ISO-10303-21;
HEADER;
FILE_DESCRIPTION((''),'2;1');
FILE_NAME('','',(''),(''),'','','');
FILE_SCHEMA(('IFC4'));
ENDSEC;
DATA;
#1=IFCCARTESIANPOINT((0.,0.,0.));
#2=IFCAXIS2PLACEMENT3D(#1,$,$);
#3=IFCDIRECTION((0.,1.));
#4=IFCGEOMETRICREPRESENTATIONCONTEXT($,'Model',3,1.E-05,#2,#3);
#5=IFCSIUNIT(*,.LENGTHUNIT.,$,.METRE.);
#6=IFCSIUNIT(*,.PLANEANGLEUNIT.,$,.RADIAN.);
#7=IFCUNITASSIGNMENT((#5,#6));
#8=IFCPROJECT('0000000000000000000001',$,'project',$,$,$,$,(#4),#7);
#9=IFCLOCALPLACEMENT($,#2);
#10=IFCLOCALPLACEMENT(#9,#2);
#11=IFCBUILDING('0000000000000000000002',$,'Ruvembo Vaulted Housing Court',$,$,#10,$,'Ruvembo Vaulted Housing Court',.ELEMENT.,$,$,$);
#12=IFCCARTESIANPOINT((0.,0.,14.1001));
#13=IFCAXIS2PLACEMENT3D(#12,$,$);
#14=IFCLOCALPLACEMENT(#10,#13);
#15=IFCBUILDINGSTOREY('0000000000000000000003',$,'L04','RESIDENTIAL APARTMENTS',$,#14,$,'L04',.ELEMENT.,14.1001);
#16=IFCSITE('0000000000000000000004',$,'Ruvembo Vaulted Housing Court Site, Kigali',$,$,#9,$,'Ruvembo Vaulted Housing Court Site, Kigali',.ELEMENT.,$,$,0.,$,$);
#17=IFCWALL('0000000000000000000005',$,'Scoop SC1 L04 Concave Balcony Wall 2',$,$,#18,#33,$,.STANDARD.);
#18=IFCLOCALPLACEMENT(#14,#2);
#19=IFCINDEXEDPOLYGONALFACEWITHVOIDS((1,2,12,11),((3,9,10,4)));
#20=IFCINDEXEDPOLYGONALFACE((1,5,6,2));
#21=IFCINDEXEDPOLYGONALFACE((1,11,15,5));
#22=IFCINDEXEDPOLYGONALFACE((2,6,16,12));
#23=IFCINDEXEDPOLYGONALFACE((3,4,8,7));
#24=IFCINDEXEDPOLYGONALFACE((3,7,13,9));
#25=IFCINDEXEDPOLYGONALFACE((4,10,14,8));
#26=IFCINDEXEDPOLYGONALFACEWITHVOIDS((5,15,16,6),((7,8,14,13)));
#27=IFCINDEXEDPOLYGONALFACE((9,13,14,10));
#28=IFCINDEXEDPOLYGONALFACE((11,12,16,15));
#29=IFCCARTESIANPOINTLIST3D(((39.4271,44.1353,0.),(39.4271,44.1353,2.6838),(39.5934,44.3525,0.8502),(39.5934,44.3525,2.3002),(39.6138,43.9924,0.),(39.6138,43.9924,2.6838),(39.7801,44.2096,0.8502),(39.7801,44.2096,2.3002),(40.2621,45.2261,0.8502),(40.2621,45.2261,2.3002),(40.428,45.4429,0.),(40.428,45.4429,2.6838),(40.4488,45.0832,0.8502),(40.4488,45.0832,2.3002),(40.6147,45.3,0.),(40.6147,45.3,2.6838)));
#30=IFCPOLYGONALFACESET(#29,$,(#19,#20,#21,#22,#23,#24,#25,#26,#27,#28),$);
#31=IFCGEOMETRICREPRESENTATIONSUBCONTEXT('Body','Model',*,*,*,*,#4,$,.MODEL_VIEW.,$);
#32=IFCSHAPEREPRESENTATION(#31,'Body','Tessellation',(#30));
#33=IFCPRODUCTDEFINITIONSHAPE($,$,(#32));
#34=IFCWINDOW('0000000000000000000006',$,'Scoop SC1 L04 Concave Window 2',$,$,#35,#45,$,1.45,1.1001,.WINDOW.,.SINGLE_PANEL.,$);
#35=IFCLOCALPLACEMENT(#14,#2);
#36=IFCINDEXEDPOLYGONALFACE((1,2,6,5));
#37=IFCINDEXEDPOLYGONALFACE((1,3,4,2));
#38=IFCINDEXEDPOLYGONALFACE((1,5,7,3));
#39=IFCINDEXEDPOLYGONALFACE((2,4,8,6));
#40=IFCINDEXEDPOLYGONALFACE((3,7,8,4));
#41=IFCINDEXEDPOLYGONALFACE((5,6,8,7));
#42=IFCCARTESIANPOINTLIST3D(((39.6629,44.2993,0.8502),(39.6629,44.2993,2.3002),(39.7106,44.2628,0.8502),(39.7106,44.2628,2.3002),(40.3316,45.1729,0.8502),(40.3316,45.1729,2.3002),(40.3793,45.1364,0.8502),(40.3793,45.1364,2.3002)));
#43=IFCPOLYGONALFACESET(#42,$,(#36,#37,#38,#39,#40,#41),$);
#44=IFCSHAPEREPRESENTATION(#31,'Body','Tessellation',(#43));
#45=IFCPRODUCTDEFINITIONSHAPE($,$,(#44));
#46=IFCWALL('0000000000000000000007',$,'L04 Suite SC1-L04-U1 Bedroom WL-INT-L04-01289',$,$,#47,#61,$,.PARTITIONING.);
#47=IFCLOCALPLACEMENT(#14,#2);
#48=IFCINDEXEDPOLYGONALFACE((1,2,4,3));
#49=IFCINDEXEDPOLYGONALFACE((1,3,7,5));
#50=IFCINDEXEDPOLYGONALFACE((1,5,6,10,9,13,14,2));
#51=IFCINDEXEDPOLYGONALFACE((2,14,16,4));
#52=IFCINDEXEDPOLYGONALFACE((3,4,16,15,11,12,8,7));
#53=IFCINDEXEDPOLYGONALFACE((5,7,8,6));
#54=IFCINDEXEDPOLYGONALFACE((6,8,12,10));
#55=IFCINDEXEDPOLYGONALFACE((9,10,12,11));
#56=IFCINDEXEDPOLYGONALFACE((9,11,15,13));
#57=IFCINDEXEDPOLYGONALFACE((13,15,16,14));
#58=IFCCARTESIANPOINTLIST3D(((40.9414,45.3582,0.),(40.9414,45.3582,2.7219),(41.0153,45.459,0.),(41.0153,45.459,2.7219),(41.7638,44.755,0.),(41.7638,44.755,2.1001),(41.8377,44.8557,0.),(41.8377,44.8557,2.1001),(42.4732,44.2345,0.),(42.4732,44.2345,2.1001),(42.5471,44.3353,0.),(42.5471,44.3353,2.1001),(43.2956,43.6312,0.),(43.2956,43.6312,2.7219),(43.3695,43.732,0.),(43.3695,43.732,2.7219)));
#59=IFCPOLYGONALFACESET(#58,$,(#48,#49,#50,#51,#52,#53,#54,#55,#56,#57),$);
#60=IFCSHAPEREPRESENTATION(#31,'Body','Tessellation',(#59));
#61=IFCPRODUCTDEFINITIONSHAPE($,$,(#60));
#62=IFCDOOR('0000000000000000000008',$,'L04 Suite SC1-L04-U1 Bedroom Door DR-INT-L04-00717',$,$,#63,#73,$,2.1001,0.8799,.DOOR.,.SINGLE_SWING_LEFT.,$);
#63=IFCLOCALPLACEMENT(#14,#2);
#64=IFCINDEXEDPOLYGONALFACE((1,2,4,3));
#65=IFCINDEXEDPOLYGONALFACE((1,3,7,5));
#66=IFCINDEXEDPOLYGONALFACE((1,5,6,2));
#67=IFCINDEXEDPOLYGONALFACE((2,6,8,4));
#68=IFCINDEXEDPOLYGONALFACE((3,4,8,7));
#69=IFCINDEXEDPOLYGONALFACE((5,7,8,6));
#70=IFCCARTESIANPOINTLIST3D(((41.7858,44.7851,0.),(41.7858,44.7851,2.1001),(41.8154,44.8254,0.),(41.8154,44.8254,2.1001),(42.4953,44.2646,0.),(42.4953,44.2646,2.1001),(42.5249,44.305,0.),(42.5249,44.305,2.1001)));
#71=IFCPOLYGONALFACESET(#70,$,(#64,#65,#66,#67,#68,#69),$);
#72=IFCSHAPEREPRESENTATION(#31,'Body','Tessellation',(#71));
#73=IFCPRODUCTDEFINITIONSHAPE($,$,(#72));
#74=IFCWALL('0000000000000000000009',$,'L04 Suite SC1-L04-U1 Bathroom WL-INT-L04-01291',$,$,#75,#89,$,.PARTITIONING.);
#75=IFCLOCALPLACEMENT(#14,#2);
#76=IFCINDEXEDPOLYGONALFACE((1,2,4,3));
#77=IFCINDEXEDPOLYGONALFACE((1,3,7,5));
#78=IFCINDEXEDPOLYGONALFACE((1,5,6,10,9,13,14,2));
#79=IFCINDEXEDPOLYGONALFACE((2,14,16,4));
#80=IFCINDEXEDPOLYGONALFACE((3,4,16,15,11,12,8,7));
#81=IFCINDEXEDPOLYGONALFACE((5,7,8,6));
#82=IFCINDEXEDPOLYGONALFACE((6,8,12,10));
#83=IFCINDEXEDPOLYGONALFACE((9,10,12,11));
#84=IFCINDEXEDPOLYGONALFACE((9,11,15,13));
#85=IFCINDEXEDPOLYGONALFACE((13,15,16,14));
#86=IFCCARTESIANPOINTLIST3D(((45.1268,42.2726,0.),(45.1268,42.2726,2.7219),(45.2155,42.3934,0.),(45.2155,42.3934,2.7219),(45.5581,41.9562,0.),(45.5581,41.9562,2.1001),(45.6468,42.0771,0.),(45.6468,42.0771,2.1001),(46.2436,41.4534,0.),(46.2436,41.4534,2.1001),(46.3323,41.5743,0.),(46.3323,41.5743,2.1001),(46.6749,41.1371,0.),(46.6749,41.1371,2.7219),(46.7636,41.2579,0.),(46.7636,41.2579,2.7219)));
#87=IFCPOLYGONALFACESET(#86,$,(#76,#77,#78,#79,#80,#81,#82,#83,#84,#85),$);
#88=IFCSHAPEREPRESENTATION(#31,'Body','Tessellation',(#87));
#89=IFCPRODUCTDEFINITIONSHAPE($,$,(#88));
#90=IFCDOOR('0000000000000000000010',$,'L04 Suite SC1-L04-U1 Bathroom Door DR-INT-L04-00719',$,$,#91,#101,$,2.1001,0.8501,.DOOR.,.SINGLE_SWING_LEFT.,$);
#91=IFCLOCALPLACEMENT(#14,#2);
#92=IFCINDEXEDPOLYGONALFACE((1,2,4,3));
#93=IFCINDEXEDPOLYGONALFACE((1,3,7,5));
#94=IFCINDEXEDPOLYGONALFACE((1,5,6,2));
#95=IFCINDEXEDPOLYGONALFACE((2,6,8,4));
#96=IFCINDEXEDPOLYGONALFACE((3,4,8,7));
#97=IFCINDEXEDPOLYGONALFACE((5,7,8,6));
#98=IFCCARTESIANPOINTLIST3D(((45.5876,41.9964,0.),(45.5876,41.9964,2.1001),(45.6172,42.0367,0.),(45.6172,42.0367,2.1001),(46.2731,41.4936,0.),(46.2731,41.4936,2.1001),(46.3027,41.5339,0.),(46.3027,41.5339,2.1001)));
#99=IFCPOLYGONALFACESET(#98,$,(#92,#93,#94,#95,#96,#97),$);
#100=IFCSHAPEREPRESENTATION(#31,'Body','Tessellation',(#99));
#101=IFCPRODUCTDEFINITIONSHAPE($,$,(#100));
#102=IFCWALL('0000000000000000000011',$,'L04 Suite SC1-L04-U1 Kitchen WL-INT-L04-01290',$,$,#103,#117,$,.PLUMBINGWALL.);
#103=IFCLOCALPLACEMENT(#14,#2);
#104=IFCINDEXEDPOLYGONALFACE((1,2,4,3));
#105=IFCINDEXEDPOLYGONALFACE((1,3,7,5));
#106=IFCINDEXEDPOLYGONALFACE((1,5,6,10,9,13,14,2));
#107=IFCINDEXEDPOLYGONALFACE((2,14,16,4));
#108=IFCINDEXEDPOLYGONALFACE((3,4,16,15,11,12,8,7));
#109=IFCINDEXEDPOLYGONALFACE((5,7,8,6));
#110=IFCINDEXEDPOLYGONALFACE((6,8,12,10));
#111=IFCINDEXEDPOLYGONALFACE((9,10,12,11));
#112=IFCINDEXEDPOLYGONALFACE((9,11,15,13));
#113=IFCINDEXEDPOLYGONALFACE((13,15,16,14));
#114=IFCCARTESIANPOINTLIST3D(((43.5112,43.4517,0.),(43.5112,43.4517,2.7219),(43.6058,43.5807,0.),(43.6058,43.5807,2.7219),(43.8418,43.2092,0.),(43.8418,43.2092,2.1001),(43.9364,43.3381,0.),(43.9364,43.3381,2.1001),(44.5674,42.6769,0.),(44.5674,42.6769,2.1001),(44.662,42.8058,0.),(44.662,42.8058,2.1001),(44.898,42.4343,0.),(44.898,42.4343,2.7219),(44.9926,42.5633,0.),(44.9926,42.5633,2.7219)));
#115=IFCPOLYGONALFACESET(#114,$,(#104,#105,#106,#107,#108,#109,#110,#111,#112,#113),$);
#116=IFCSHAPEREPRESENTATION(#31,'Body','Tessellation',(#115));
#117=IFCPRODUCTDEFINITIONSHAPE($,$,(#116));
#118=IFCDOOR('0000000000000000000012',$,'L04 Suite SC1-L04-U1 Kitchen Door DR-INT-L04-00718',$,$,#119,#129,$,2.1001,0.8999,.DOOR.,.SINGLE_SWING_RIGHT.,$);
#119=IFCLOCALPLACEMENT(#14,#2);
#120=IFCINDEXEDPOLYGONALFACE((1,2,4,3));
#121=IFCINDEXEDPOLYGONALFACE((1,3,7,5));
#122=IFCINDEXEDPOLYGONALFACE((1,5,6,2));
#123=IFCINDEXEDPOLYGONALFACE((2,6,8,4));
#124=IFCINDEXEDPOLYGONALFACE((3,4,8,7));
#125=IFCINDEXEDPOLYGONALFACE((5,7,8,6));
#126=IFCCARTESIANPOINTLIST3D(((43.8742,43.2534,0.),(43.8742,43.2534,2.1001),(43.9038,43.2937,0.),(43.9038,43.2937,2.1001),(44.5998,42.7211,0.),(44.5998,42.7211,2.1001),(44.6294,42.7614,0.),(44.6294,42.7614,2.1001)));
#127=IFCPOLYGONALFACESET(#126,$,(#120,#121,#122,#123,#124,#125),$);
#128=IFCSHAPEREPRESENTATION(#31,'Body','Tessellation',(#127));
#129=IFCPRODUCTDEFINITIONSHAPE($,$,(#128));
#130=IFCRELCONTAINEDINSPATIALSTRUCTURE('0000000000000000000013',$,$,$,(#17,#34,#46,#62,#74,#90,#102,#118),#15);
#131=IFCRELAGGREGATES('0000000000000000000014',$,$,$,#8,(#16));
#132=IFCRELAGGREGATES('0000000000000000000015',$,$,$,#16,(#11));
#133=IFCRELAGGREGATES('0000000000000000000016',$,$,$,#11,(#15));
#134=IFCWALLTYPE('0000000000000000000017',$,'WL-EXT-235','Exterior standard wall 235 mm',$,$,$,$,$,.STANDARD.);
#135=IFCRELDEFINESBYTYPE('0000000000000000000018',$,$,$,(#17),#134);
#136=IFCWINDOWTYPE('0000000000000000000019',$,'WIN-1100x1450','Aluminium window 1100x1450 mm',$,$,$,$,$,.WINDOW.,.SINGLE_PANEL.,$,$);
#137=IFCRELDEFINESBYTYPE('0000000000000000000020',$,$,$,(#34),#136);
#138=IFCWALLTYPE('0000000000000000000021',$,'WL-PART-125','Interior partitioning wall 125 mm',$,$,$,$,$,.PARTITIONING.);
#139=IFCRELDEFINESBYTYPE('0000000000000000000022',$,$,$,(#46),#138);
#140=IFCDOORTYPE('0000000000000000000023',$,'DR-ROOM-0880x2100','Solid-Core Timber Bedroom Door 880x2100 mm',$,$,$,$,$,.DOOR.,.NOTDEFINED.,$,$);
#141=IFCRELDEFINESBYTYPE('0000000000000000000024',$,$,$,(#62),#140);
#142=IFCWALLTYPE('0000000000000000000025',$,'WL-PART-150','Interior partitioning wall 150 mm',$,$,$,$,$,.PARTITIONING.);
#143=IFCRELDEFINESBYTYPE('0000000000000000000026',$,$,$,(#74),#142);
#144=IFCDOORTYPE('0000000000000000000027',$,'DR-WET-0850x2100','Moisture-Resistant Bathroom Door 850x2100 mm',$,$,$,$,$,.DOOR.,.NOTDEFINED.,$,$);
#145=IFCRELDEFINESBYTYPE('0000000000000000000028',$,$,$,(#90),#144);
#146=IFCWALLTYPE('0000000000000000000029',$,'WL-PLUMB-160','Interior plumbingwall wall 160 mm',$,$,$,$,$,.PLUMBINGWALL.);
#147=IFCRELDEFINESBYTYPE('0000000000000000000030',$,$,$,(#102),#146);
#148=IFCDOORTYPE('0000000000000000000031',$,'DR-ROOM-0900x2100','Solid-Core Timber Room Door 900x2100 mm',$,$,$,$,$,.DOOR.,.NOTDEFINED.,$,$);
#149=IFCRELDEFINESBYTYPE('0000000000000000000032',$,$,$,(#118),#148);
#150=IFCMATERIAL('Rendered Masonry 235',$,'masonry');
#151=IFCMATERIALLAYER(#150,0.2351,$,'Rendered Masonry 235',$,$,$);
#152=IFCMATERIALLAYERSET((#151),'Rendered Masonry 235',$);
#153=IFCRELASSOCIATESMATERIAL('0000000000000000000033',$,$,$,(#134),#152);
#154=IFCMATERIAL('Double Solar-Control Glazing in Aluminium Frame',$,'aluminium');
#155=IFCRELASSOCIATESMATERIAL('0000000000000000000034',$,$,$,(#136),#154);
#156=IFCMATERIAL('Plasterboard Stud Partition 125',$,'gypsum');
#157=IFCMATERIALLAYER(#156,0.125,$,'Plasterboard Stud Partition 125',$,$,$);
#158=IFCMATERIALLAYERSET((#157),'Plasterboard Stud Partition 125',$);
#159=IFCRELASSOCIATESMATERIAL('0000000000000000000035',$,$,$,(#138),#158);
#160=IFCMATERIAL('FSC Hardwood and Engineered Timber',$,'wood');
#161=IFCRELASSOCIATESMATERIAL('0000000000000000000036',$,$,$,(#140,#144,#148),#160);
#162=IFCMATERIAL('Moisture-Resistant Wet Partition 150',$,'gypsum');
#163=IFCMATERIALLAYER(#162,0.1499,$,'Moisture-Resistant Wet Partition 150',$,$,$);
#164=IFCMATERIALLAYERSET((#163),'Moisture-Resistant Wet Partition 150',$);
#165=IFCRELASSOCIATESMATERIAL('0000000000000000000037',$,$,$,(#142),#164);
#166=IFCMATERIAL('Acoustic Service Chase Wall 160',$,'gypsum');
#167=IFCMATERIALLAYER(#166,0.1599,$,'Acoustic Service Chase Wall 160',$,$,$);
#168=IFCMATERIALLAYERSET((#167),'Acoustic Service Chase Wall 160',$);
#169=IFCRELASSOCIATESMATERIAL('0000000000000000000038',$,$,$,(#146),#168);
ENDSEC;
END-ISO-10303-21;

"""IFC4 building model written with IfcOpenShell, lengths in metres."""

from ifc_helpers import new_model, si_unit, direction, frame, frame_2d, origin, place, context, subcontext, project, spatial, rectangle, extrude, material, layer, layer_set, type_object, element, fill, save


model = new_model("IFC4")

# Units and contexts
model_context = context("Model", 3, precision=1e-05, world=origin(), true_north=direction((0.0, 1.0)))
body_context = subcontext(model_context, "Body", "Model", "MODEL_VIEW")
ifc_project = project(units=[si_unit("LENGTHUNIT", "METRE"), si_unit("PLANEANGLEUNIT", "RADIAN")], contexts=[model_context])

# Site, building, storey
site_placement = place(None, origin())
site = spatial("IfcSite", under=ifc_project, at=site_placement, Name="Ruvembo Vaulted Housing Court Site, Kigali", LongName="Ruvembo Vaulted Housing Court Site, Kigali", CompositionType="ELEMENT", RefElevation=0.0)
building_placement = place(site_placement, origin())
building = spatial("IfcBuilding", under=site, at=building_placement, Name="Ruvembo Vaulted Housing Court", LongName="Ruvembo Vaulted Housing Court", CompositionType="ELEMENT")
storey_placement = place(building_placement, frame((0.0, 0.0, 14.1001)))
storey = spatial("IfcBuildingStorey", under=building, at=storey_placement, Name="L04", Description="RESIDENTIAL APARTMENTS", LongName="L04", CompositionType="ELEMENT", Elevation=14.1001)

# Wall, opening, window
ifc_material_1 = material(Name="Rendered Masonry 235", Category="masonry")
ifc_layer_1 = layer(ifc_material_1, 0.2351, Name="Rendered Masonry 235")
ifc_layer_set_1 = layer_set([ifc_layer_1], Name="Rendered Masonry 235")
wall_type_1 = type_object("IfcWallType", Name="WL-EXT-235", Description="Exterior standard wall 235 mm", PredefinedType="STANDARD", material=ifc_layer_set_1)
ifc_material_2 = material(Name="Double Solar-Control Glazing in Aluminium Frame", Category="aluminium")
wall_1_placement = place(storey_placement, frame((39.5205, 44.064, 0.0), z_axis=(0.0, 0.0, 1.0), x_axis=(0.607846, 0.794055, 0.0)))
wall_1 = element("IfcWall", 1, at=wall_1_placement, inside=storey, type_object=wall_type_1, Name="Scoop SC1 L04 Concave Balcony Wall 2", PredefinedType="STANDARD", context=body_context, shape_type="SweptSolid", body=[
    extrude(rectangle(XDim=1.6467, YDim=0.2351, at=frame_2d((0.8232, 0.0))), origin(), (0.0, 0.0, 1.0), 2.6838),
])
opening_1_placement = place(wall_1_placement, frame((0.2734, 0.0, 0.8501)))
opening_1 = element("IfcOpeningElement", 2, at=opening_1_placement, cuts=wall_1, PredefinedType="OPENING", context=body_context, shape_type="SweptSolid", body=[
    extrude(rectangle(XDim=1.1001, YDim=1.45, at=frame_2d((0.55, 0.7251))), frame((0.0, 0.1274, 0.0), z_axis=(0.0, -1.0, 0.0), x_axis=(1.0, 0.0, 0.0)), (0.0, 0.0, 1.0), 0.2551),
])
window_type_1 = type_object("IfcWindowType", Name="WIN-1100x1450", Description="Aluminium window 1100x1450 mm", PartitioningType="SINGLE_PANEL", PredefinedType="WINDOW", material=ifc_material_2)
window_1_placement = place(opening_1_placement, origin())
window_1 = element("IfcWindow", 3, at=window_1_placement, inside=storey, type_object=window_type_1, Name="Scoop SC1 L04 Concave Window 2", OverallHeight=1.45, OverallWidth=1.1001, PartitioningType="SINGLE_PANEL", PredefinedType="WINDOW", context=body_context, shape_type="SweptSolid", body=[
    extrude(rectangle(XDim=1.1001, YDim=1.45, at=frame_2d((0.55, 0.7251))), frame((0.0, 0.03, 0.0), z_axis=(0.0, -1.0, 0.0), x_axis=(1.0, 0.0, 0.0)), (0.0, 0.0, 1.0), 0.0601),
])
fill(opening_1, window_1)

# Walls, openings, doors
ifc_material_3 = material(Name="Plasterboard Stud Partition 125", Category="gypsum")
ifc_layer_2 = layer(ifc_material_3, 0.125, Name="Plasterboard Stud Partition 125")
ifc_layer_set_2 = layer_set([ifc_layer_2], Name="Plasterboard Stud Partition 125")
wall_type_2 = type_object("IfcWallType", Name="WL-PART-125", Description="Interior partitioning wall 125 mm", PredefinedType="PARTITIONING", material=ifc_layer_set_2)
wall_2_placement = place(storey_placement, frame((40.9783, 45.4087, 0.0), z_axis=(0.0, 0.0, 1.0), x_axis=(0.806307, -0.591498, 0.0)))
wall_2 = element("IfcWall", 4, at=wall_2_placement, inside=storey, type_object=wall_type_2, Name="L04 Suite SC1-L04-U1 Bedroom WL-INT-L04-01289", PredefinedType="PARTITIONING", context=body_context, shape_type="SweptSolid", body=[
    extrude(rectangle(XDim=2.9197, YDim=0.125, at=frame_2d((1.46, 0.0))), origin(), (0.0, 0.0, 1.0), 2.7219),
])
opening_2_placement = place(wall_2_placement, frame((1.02, 0.0, 0.0)))
opening_2 = element("IfcOpeningElement", 5, at=opening_2_placement, cuts=wall_2, PredefinedType="OPENING", context=body_context, shape_type="SweptSolid", body=[
    extrude(rectangle(XDim=0.8799, YDim=2.1001, at=frame_2d((0.4399, 1.05))), frame((0.0, 0.0725, 0.0), z_axis=(0.0, -1.0, 0.0), x_axis=(1.0, 0.0, 0.0)), (0.0, 0.0, 1.0), 0.145),
])
ifc_material_4 = material(Name="FSC Hardwood and Engineered Timber", Category="wood")
door_type_1 = type_object("IfcDoorType", Name="DR-ROOM-0880x2100", Description="Solid-Core Timber Bedroom Door 880x2100 mm", OperationType="NOTDEFINED", PredefinedType="DOOR", material=ifc_material_4)
door_1_placement = place(opening_2_placement, origin())
door_1 = element("IfcDoor", 6, at=door_1_placement, inside=storey, type_object=door_type_1, Name="L04 Suite SC1-L04-U1 Bedroom Door DR-INT-L04-00717", OperationType="SINGLE_SWING_LEFT", OverallHeight=2.1001, OverallWidth=0.8799, PredefinedType="DOOR", context=body_context, shape_type="SweptSolid", body=[
    extrude(rectangle(XDim=0.8799, YDim=2.1001, at=frame_2d((0.4399, 1.05))), frame((0.0, 0.0249, 0.0), z_axis=(0.0, -1.0, 0.0), x_axis=(1.0, 0.0, 0.0)), (0.0, 0.0, 1.0), 0.05),
])
fill(opening_2, door_1)
ifc_material_5 = material(Name="Moisture-Resistant Wet Partition 150", Category="gypsum")
ifc_layer_3 = layer(ifc_material_5, 0.1499, Name="Moisture-Resistant Wet Partition 150")
ifc_layer_set_3 = layer_set([ifc_layer_3], Name="Moisture-Resistant Wet Partition 150")
wall_type_3 = type_object("IfcWallType", Name="WL-PART-150", Description="Interior partitioning wall 150 mm", PredefinedType="PARTITIONING", material=ifc_layer_set_3)
wall_3_placement = place(storey_placement, frame((45.1711, 42.333, 0.0), z_axis=(0.0, 0.0, 1.0), x_axis=(0.806348, -0.591441, 0.0)))
wall_3 = element("IfcWall", 7, at=wall_3_placement, inside=storey, type_object=wall_type_3, Name="L04 Suite SC1-L04-U1 Bathroom WL-INT-L04-01291", PredefinedType="PARTITIONING", context=body_context, shape_type="SweptSolid", body=[
    extrude(rectangle(XDim=1.9199, YDim=0.1499, at=frame_2d((0.96, 0.0))), origin(), (0.0, 0.0, 1.0), 2.7219),
])
opening_3_placement = place(wall_3_placement, frame((0.5349, 0.0, 0.0)))
opening_3 = element("IfcOpeningElement", 8, at=opening_3_placement, cuts=wall_3, PredefinedType="OPENING", context=body_context, shape_type="SweptSolid", body=[
    extrude(rectangle(XDim=0.8501, YDim=2.1001, at=frame_2d((0.425, 1.05))), frame((0.0, 0.085, 0.0), z_axis=(0.0, -1.0, 0.0), x_axis=(1.0, 0.0, 0.0)), (0.0, 0.0, 1.0), 0.1699),
])
door_type_2 = type_object("IfcDoorType", Name="DR-WET-0850x2100", Description="Moisture-Resistant Bathroom Door 850x2100 mm", OperationType="NOTDEFINED", PredefinedType="DOOR", material=ifc_material_4)
door_2_placement = place(opening_3_placement, origin())
door_2 = element("IfcDoor", 9, at=door_2_placement, inside=storey, type_object=door_type_2, Name="L04 Suite SC1-L04-U1 Bathroom Door DR-INT-L04-00719", OperationType="SINGLE_SWING_LEFT", OverallHeight=2.1001, OverallWidth=0.8501, PredefinedType="DOOR", context=body_context, shape_type="SweptSolid", body=[
    extrude(rectangle(XDim=0.8501, YDim=2.1001, at=frame_2d((0.425, 1.05))), frame((0.0, 0.0249, 0.0), z_axis=(0.0, -1.0, 0.0), x_axis=(1.0, 0.0, 0.0)), (0.0, 0.0, 1.0), 0.05),
])
fill(opening_3, door_2)
ifc_material_6 = material(Name="Acoustic Service Chase Wall 160", Category="gypsum")
ifc_layer_4 = layer(ifc_material_6, 0.1599, Name="Acoustic Service Chase Wall 160")
ifc_layer_set_4 = layer_set([ifc_layer_4], Name="Acoustic Service Chase Wall 160")
wall_type_4 = type_object("IfcWallType", Name="WL-PLUMB-160", Description="Interior plumbingwall wall 160 mm", PredefinedType="PLUMBINGWALL", material=ifc_layer_set_4)
wall_4_placement = place(storey_placement, frame((43.5586, 43.5161, 0.0), z_axis=(0.0, 0.0, 1.0), x_axis=(0.806292, -0.591518, 0.0)))
wall_4 = element("IfcWall", 10, at=wall_4_placement, inside=storey, type_object=wall_type_4, Name="L04 Suite SC1-L04-U1 Kitchen WL-INT-L04-01290", PredefinedType="PLUMBINGWALL", context=body_context, shape_type="SweptSolid", body=[
    extrude(rectangle(XDim=1.72, YDim=0.1599, at=frame_2d((0.8599, 0.0))), origin(), (0.0, 0.0, 1.0), 2.7219),
])
opening_4_placement = place(wall_4_placement, frame((0.4099, 0.0, 0.0)))
opening_4 = element("IfcOpeningElement", 11, at=opening_4_placement, cuts=wall_4, PredefinedType="OPENING", context=body_context, shape_type="SweptSolid", body=[
    extrude(rectangle(XDim=0.8999, YDim=2.1001, at=frame_2d((0.45, 1.05))), frame((0.0, 0.0898, 0.0), z_axis=(0.0, -1.0, 0.0), x_axis=(1.0, 0.0, 0.0)), (0.0, 0.0, 1.0), 0.1799),
])
door_type_3 = type_object("IfcDoorType", Name="DR-ROOM-0900x2100", Description="Solid-Core Timber Room Door 900x2100 mm", OperationType="NOTDEFINED", PredefinedType="DOOR", material=ifc_material_4)
door_3_placement = place(opening_4_placement, origin())
door_3 = element("IfcDoor", 12, at=door_3_placement, inside=storey, type_object=door_type_3, Name="L04 Suite SC1-L04-U1 Kitchen Door DR-INT-L04-00718", OperationType="SINGLE_SWING_RIGHT", OverallHeight=2.1001, OverallWidth=0.8999, PredefinedType="DOOR", context=body_context, shape_type="SweptSolid", body=[
    extrude(rectangle(XDim=0.8999, YDim=2.1001, at=frame_2d((0.45, 1.05))), frame((0.0, 0.0249, 0.0), z_axis=(0.0, -1.0, 0.0), x_axis=(1.0, 0.0, 0.0)), (0.0, 0.0, 1.0), 0.05),
])
fill(opening_4, door_3)

save(model, "model.ifc")
